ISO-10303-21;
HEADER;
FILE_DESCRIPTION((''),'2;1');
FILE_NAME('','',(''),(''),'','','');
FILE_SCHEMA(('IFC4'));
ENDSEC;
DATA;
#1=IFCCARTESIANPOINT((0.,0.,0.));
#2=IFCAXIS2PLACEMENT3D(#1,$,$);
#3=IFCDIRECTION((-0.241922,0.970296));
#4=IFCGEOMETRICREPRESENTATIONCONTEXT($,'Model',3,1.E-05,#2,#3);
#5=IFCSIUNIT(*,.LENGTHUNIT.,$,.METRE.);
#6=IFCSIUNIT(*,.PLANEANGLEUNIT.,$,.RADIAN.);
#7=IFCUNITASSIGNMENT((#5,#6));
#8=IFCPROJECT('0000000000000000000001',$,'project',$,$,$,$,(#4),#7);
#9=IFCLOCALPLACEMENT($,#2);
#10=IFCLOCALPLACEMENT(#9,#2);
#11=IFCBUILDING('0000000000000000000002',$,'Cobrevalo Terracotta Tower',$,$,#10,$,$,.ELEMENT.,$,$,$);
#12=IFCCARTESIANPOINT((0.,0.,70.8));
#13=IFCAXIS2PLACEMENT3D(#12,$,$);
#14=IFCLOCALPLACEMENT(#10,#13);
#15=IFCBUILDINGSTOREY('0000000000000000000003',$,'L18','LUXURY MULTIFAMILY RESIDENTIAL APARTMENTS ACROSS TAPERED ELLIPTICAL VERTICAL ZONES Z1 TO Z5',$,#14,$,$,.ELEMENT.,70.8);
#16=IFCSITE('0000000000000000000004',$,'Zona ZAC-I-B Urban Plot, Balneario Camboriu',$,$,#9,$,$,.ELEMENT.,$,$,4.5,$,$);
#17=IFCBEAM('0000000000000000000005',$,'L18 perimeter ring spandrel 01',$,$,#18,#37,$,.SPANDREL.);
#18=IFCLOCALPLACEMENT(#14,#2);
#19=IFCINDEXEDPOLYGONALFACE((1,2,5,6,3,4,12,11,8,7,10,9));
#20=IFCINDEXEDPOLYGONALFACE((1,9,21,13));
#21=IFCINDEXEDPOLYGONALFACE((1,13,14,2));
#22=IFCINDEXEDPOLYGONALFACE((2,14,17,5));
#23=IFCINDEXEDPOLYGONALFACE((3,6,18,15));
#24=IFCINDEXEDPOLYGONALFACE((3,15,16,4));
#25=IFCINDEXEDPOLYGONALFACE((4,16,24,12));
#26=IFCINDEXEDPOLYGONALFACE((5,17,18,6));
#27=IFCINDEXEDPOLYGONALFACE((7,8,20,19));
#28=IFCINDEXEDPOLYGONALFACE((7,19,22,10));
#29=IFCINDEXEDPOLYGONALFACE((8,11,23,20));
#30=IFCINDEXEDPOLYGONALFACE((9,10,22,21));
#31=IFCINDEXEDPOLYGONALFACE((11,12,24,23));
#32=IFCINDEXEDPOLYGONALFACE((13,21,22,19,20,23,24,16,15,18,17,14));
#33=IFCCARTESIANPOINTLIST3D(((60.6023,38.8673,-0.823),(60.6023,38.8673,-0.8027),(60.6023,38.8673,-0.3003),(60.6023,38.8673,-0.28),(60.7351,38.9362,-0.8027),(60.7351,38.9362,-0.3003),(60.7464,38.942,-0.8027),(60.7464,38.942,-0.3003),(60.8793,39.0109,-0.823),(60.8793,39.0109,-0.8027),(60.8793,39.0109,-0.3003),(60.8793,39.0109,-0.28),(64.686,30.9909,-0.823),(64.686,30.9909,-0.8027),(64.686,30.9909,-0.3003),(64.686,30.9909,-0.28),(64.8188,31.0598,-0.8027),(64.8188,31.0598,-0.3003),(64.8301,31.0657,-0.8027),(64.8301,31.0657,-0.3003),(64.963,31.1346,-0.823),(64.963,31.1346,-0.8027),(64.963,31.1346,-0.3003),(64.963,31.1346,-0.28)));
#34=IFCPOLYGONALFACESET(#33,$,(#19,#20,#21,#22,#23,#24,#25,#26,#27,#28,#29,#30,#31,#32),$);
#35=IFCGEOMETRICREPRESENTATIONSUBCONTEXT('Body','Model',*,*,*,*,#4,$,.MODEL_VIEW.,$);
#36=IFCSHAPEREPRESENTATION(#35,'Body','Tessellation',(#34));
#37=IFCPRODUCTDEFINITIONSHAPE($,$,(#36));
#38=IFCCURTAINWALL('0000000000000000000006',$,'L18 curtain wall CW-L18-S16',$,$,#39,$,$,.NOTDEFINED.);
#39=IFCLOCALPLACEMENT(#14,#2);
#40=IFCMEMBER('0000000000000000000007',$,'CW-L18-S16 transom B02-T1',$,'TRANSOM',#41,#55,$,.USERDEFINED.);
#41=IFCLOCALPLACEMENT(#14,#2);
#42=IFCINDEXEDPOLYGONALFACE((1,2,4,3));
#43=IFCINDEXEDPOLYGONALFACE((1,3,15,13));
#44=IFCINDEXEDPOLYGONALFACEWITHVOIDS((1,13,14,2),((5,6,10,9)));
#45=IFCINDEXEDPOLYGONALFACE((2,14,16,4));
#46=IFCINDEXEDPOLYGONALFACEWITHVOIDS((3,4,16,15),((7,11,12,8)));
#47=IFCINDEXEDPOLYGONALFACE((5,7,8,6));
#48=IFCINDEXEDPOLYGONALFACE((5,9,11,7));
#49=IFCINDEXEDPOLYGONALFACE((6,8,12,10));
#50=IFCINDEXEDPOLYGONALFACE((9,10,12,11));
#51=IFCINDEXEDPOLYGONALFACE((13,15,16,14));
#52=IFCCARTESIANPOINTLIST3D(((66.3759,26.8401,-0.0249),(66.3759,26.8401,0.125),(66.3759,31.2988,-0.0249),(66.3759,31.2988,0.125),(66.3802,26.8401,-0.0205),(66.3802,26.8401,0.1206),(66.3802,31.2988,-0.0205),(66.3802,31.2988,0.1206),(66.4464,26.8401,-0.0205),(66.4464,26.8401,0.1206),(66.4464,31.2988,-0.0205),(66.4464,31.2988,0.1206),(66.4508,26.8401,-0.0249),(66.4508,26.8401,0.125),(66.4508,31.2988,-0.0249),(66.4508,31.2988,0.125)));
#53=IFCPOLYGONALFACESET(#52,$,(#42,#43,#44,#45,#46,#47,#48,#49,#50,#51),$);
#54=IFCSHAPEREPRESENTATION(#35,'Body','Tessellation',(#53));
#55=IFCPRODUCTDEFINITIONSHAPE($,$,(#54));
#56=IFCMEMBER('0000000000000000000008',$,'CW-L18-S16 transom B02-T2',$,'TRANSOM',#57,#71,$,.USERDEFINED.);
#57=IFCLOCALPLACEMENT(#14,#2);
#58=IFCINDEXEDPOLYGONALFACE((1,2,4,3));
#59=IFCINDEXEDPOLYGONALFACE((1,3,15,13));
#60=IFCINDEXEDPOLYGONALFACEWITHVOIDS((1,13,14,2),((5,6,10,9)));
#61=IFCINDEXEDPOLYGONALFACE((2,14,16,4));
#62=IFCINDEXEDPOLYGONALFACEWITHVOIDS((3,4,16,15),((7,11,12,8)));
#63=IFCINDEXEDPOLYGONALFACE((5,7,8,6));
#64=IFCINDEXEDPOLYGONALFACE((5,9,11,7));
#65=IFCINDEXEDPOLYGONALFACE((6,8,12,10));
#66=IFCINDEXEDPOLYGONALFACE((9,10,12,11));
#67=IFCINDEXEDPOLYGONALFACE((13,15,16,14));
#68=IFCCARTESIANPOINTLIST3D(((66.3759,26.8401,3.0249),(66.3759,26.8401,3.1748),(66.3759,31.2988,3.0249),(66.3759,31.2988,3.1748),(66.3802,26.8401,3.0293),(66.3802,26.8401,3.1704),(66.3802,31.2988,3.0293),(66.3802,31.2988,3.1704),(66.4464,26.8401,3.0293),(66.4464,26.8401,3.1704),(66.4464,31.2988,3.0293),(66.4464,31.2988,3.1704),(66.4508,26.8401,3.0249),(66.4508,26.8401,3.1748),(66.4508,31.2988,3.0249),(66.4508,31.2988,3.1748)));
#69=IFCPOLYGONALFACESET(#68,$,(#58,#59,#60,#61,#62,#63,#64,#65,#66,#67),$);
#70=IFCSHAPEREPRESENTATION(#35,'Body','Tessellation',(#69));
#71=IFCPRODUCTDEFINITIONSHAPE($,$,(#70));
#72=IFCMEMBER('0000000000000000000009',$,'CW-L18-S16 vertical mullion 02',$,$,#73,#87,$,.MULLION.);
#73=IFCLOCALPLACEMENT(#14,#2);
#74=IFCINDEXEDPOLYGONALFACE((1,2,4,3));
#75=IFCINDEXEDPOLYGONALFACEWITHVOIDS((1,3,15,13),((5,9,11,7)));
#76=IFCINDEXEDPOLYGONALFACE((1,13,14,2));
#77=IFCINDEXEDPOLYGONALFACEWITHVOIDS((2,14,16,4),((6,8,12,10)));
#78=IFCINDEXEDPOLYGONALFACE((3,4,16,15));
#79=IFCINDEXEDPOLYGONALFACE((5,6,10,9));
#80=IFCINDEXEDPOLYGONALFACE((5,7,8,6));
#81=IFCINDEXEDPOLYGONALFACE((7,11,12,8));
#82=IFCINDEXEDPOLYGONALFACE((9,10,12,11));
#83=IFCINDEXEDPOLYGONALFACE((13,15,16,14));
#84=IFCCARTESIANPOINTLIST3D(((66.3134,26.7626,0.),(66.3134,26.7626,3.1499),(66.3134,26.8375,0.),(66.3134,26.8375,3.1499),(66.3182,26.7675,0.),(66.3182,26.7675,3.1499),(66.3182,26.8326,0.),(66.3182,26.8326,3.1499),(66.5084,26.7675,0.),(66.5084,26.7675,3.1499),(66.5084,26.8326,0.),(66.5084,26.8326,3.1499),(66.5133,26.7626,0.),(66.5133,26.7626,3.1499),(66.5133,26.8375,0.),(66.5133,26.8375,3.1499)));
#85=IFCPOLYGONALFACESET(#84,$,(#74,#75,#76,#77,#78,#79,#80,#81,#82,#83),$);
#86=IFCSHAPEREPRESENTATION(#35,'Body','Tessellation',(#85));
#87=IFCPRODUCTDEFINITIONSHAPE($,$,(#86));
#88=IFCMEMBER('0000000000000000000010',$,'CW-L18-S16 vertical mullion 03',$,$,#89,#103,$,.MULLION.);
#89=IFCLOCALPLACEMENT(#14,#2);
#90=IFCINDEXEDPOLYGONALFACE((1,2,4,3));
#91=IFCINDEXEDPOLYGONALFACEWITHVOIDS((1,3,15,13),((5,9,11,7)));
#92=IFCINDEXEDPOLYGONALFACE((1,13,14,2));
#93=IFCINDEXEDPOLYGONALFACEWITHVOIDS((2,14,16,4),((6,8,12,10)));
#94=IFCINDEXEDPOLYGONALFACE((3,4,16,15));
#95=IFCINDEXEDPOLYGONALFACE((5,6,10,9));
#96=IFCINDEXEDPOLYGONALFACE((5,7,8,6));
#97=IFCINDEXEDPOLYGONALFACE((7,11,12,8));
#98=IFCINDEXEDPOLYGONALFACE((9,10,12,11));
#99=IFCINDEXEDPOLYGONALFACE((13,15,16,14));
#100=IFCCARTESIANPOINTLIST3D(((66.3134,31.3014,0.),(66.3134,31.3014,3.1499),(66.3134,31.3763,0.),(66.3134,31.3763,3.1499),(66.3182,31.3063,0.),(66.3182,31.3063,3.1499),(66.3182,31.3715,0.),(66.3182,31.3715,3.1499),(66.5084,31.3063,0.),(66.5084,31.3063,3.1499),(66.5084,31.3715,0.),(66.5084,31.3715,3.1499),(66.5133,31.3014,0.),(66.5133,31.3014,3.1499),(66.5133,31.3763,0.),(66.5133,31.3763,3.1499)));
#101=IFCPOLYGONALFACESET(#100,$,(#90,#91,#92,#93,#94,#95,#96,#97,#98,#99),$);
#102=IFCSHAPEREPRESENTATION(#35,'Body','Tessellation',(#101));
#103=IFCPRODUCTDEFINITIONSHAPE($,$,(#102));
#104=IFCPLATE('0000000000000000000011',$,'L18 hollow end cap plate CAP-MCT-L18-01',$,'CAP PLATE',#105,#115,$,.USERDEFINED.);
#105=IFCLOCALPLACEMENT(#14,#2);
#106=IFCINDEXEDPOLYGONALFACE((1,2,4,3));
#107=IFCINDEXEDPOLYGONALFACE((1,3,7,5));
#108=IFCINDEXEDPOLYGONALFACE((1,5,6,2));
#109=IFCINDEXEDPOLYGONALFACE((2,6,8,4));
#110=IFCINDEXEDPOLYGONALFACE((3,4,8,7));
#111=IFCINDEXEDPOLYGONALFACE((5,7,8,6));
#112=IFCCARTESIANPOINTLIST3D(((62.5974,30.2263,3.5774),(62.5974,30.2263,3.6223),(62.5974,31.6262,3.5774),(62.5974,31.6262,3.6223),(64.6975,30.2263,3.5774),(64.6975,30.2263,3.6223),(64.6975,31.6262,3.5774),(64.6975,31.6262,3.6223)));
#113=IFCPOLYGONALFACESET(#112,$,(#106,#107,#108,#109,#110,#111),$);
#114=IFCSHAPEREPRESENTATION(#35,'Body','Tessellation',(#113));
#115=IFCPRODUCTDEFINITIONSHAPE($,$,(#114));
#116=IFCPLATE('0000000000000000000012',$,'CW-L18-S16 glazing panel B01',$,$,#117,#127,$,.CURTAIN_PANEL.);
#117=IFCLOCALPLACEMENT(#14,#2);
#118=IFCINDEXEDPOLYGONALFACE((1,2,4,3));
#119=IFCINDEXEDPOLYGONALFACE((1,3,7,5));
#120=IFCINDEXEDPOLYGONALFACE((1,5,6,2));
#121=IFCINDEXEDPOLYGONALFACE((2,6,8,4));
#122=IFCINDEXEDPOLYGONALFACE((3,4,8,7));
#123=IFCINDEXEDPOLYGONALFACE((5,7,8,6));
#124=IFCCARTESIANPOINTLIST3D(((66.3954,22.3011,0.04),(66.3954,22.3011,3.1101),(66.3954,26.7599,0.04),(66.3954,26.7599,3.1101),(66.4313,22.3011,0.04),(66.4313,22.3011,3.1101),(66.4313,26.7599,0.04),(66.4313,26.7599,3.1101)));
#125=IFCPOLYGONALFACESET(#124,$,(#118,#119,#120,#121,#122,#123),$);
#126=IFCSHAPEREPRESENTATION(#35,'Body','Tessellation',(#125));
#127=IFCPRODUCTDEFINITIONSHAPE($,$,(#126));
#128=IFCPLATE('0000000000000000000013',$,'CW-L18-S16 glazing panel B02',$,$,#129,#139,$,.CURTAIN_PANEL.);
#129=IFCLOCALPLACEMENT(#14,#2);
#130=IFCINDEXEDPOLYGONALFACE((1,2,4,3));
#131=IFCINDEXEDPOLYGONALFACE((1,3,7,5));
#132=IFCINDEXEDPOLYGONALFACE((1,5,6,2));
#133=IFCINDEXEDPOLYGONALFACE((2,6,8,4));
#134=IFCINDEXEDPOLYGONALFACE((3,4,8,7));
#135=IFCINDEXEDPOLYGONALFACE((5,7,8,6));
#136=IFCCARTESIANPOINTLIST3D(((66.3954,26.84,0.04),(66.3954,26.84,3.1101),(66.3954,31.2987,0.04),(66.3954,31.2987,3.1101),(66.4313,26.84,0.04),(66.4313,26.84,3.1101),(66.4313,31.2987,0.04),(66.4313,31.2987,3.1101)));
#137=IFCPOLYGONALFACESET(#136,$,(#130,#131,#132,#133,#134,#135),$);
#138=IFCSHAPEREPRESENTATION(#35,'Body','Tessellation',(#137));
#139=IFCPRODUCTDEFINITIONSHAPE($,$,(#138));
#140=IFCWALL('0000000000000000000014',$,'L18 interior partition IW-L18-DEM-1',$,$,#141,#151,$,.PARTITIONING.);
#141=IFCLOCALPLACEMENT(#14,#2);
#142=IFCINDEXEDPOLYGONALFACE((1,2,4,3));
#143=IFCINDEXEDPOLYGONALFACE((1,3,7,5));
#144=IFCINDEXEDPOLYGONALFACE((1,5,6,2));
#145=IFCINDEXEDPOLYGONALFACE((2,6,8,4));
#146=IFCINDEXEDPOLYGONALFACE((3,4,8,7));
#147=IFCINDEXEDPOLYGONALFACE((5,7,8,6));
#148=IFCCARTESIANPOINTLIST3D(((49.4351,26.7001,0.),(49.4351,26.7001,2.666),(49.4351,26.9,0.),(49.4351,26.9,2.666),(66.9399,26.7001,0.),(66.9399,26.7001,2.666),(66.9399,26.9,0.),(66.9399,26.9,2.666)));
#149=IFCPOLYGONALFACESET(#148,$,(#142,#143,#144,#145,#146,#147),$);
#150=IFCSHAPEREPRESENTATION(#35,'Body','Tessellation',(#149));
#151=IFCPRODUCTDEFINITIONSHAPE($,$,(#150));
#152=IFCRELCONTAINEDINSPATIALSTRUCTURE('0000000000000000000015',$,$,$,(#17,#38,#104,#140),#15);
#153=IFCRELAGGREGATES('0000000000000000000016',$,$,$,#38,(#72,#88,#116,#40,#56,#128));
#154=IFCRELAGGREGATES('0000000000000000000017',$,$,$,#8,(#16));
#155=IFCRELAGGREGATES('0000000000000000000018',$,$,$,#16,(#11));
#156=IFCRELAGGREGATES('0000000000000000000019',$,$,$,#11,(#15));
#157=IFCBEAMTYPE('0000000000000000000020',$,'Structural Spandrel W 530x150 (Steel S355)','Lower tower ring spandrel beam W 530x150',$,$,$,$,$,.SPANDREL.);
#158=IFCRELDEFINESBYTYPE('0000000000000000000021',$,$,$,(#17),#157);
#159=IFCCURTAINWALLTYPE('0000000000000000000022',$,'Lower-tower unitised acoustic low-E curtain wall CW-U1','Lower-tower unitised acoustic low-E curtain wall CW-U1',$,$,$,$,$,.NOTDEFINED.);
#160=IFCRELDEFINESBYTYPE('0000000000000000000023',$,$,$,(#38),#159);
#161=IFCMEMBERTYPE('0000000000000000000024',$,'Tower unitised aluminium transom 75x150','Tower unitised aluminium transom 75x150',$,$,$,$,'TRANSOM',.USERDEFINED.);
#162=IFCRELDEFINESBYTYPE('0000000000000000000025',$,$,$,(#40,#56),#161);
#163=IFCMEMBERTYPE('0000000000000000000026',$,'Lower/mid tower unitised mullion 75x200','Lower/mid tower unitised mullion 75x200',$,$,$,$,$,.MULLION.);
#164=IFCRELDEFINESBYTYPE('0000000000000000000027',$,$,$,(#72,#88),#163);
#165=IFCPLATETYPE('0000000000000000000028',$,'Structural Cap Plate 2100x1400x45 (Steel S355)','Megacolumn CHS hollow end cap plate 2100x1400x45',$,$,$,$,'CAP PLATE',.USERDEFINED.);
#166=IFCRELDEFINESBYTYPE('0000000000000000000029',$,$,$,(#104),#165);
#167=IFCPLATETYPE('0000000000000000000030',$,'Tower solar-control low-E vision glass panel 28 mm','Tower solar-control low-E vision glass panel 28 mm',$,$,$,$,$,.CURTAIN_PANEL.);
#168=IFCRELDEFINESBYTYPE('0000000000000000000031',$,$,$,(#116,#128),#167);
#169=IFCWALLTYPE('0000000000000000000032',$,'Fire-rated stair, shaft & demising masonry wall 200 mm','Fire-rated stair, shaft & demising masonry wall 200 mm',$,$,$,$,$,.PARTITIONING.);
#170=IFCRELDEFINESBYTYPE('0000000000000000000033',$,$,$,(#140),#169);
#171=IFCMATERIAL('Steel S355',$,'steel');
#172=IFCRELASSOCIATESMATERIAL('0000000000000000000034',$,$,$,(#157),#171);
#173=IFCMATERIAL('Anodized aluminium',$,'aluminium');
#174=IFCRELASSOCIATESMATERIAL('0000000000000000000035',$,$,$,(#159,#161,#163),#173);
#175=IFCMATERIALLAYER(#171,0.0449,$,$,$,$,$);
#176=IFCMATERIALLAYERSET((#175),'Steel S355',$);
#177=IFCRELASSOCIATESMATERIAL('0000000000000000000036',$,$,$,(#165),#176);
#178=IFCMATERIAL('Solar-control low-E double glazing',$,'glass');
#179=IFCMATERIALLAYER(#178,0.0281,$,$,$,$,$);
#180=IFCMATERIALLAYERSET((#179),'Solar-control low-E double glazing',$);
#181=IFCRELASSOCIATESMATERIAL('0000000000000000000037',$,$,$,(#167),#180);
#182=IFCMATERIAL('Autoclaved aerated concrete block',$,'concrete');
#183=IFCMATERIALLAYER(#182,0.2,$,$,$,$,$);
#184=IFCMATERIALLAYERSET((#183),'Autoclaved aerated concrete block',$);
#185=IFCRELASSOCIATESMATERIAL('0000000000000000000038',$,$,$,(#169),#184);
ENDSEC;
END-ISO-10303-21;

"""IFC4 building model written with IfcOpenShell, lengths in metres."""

from ifc_helpers import new_model, si_unit, direction, frame, frame_2d, origin, origin_2d, place, context, subcontext, project, spatial, rectangle, hollow_rectangle, i_section, extrude, source, transform, mapped, material, layer, layer_set, material_profile, profile_set, type_object, element, aggregate, save


model = new_model("IFC4")

# Units and contexts
model_context = context("Model", 3, precision=1e-05, world=origin(), true_north=direction((-0.241922, 0.970296)))
body_context = subcontext(model_context, "Body", "Model", "MODEL_VIEW")
ifc_project = project(units=[si_unit("LENGTHUNIT", "METRE"), si_unit("PLANEANGLEUNIT", "RADIAN")], contexts=[model_context])

# Site, building, storey
site_placement = place(None, origin())
site = spatial("IfcSite", under=ifc_project, at=site_placement, Name="Zona ZAC-I-B Urban Plot, Balneario Camboriu", CompositionType="ELEMENT", RefElevation=4.5)
building_placement = place(site_placement, origin())
building = spatial("IfcBuilding", under=site, at=building_placement, Name="Cobrevalo Terracotta Tower", CompositionType="ELEMENT")
storey_placement = place(building_placement, frame((0.0, 0.0, 70.8)))
storey = spatial("IfcBuildingStorey", under=building, at=storey_placement, Name="L18", Description="LUXURY MULTIFAMILY RESIDENTIAL APARTMENTS ACROSS TAPERED ELLIPTICAL VERTICAL ZONES Z1 TO Z5", CompositionType="ELEMENT", Elevation=70.8)

# Shared definitions
ifc_material_1 = material(Name="Steel S355", Category="steel")

# Beam
ifc_material_profile_1 = material_profile(ifc_material_1, i_section(OverallWidth=0.312, OverallDepth=0.543, WebThickness=0.0127, FlangeThickness=0.0203, at=origin_2d()), Name="W 530x150")
ifc_profile_set_1 = profile_set([ifc_material_profile_1], Name="Steel S355")
beam_type_1 = type_object("IfcBeamType", Name="Structural Spandrel W 530x150 (Steel S355)", Description="Lower tower ring spandrel beam W 530x150", PredefinedType="SPANDREL", material=ifc_profile_set_1)
beam_1_placement = place(storey_placement, frame((64.8245, 31.0627, -0.5515), z_axis=(-0.460286, 0.887771, 0.0), x_axis=(-0.887771, -0.460286, 0.0)))
element("IfcBeam", 1, at=beam_1_placement, inside=storey, type_object=beam_type_1, Name="L18 perimeter ring spandrel 01", PredefinedType="SPANDREL", context=body_context, shape_type="SweptSolid", body=[
    extrude(i_section(OverallWidth=0.312, OverallDepth=0.543, WebThickness=0.0127, FlangeThickness=0.0203, at=origin_2d()), origin(), (0.0, 0.0, 1.0), 8.8721),
])

# Curtain wall, members
ifc_material_2 = material(Name="Anodized aluminium", Category="aluminium")
curtain_wall_type = type_object("IfcCurtainWallType", Name="Lower-tower unitised acoustic low-E curtain wall CW-U1", Description="Lower-tower unitised acoustic low-E curtain wall CW-U1", PredefinedType="NOTDEFINED", material=ifc_material_2)
curtain_wall_placement = place(storey_placement, origin())
curtain_wall = element("IfcCurtainWall", 2, at=curtain_wall_placement, inside=storey, type_object=curtain_wall_type, Name="L18 curtain wall CW-L18-S16", PredefinedType="NOTDEFINED")
ifc_material_profile_2 = material_profile(ifc_material_2, hollow_rectangle(XDim=0.075, YDim=0.1499, WallThickness=0.0044, at=origin_2d()), Name="CWT 75x150")
ifc_profile_set_2 = profile_set([ifc_material_profile_2], Name="Anodized aluminium")
member_type_1 = type_object("IfcMemberType", Name="Tower unitised aluminium transom 75x150", Description="Tower unitised aluminium transom 75x150", ElementType="TRANSOM", PredefinedType="USERDEFINED", material=ifc_profile_set_2)
shared_shape_1 = source(origin(), body_context, "Body", "SweptSolid", [
    extrude(hollow_rectangle(XDim=0.075, YDim=0.1499, WallThickness=0.0044, at=origin_2d()), origin(), (0.0, 0.0, 1.0), 4.4587),
])
member_1_placement = place(storey_placement, frame((66.4133, 26.8401, 0.05), z_axis=(0.0, 1.0, 0.0), x_axis=(-1.0, 0.0, 0.0)))
member_1 = element("IfcMember", 3, at=member_1_placement, type_object=member_type_1, Name="CW-L18-S16 transom B02-T1", ObjectType="TRANSOM", PredefinedType="USERDEFINED", context=body_context, shape_type="MappedRepresentation", body=[
    mapped(shared_shape_1, transform((0.0, 0.0, 0.0), scale=1.0)),
])
member_2_placement = place(storey_placement, frame((66.4133, 26.8401, 3.0999), z_axis=(0.0, 1.0, 0.0), x_axis=(-1.0, 0.0, 0.0)))
member_2 = element("IfcMember", 4, at=member_2_placement, type_object=member_type_1, Name="CW-L18-S16 transom B02-T2", ObjectType="TRANSOM", PredefinedType="USERDEFINED", context=body_context, shape_type="MappedRepresentation", body=[
    mapped(shared_shape_1, transform((0.0, 0.0, 0.0), scale=1.0)),
])
ifc_material_profile_3 = material_profile(ifc_material_2, hollow_rectangle(XDim=0.075, YDim=0.2, WallThickness=0.0049, at=origin_2d()), Name="CWM 75x200")
ifc_profile_set_3 = profile_set([ifc_material_profile_3], Name="Anodized aluminium")
member_type_2 = type_object("IfcMemberType", Name="Lower/mid tower unitised mullion 75x200", Description="Lower/mid tower unitised mullion 75x200", PredefinedType="MULLION", material=ifc_profile_set_3)
shared_shape_2 = source(origin(), body_context, "Body", "SweptSolid", [
    extrude(hollow_rectangle(XDim=0.075, YDim=0.2, WallThickness=0.0049, at=origin_2d()), origin(), (0.0, 0.0, 1.0), 3.1499),
])
member_3_placement = place(storey_placement, frame((66.4133, 26.8, 0.0), z_axis=(0.0, 0.0, 1.0), x_axis=(0.0, 1.0, 0.0)))
member_3 = element("IfcMember", 5, at=member_3_placement, type_object=member_type_2, Name="CW-L18-S16 vertical mullion 02", PredefinedType="MULLION", context=body_context, shape_type="MappedRepresentation", body=[
    mapped(shared_shape_2, transform((0.0, 0.0, 0.0), scale=1.0)),
])
member_4_placement = place(storey_placement, frame((66.4133, 31.3389, 0.0), z_axis=(0.0, 0.0, 1.0), x_axis=(0.0, 1.0, 0.0)))
member_4 = element("IfcMember", 6, at=member_4_placement, type_object=member_type_2, Name="CW-L18-S16 vertical mullion 03", PredefinedType="MULLION", context=body_context, shape_type="MappedRepresentation", body=[
    mapped(shared_shape_2, transform((0.0, 0.0, 0.0), scale=1.0)),
])

# Plates
ifc_layer_1 = layer(ifc_material_1, 0.0449)
ifc_layer_set_1 = layer_set([ifc_layer_1], Name="Steel S355")
plate_type_1 = type_object("IfcPlateType", Name="Structural Cap Plate 2100x1400x45 (Steel S355)", Description="Megacolumn CHS hollow end cap plate 2100x1400x45", ElementType="CAP PLATE", PredefinedType="USERDEFINED", material=ifc_layer_set_1)
shared_shape_3 = source(origin(), body_context, "Body", "SweptSolid", [
    extrude(rectangle(XDim=2.1001, YDim=1.3999, at=origin_2d()), origin(), (0.0, 0.0, 1.0), 0.0449),
])
plate_1_placement = place(storey_placement, frame((63.6475, 30.9263, 3.5774), z_axis=(0.0, 0.0, 1.0), x_axis=(1.0, 0.0, 0.0)))
element("IfcPlate", 7, at=plate_1_placement, inside=storey, type_object=plate_type_1, Name="L18 hollow end cap plate CAP-MCT-L18-01", ObjectType="CAP PLATE", PredefinedType="USERDEFINED", context=body_context, shape_type="MappedRepresentation", body=[
    mapped(shared_shape_3, transform((0.0, 0.0, 0.0), scale=1.0)),
])
ifc_material_3 = material(Name="Solar-control low-E double glazing", Category="glass")
ifc_layer_2 = layer(ifc_material_3, 0.0281)
ifc_layer_set_2 = layer_set([ifc_layer_2], Name="Solar-control low-E double glazing")
plate_type_2 = type_object("IfcPlateType", Name="Tower solar-control low-E vision glass panel 28 mm", Description="Tower solar-control low-E vision glass panel 28 mm", PredefinedType="CURTAIN_PANEL", material=ifc_layer_set_2)
shared_shape_4 = source(origin(), body_context, "Body", "SweptSolid", [
    extrude(rectangle(XDim=4.4587, YDim=0.0359, at=origin_2d()), origin(), (0.0, 0.0, 1.0), 3.0701),
])
plate_2_placement = place(storey_placement, frame((66.4133, 24.5305, 0.04), z_axis=(0.0, 0.0, 1.0), x_axis=(0.0, 1.0, 0.0)))
plate_2 = element("IfcPlate", 8, at=plate_2_placement, type_object=plate_type_2, Name="CW-L18-S16 glazing panel B01", PredefinedType="CURTAIN_PANEL", context=body_context, shape_type="MappedRepresentation", body=[
    mapped(shared_shape_4, transform((0.0, 0.0, 0.0), scale=1.0)),
])
plate_3_placement = place(storey_placement, frame((66.4133, 29.0693, 0.04), z_axis=(0.0, 0.0, 1.0), x_axis=(0.0, 1.0, 0.0)))
plate_3 = element("IfcPlate", 9, at=plate_3_placement, type_object=plate_type_2, Name="CW-L18-S16 glazing panel B02", PredefinedType="CURTAIN_PANEL", context=body_context, shape_type="MappedRepresentation", body=[
    mapped(shared_shape_4, transform((0.0, 0.0, 0.0), scale=1.0)),
])
aggregate(curtain_wall, [member_3, member_4, plate_2, member_1, member_2, plate_3])

# Wall
ifc_material_4 = material(Name="Autoclaved aerated concrete block", Category="concrete")
ifc_layer_3 = layer(ifc_material_4, 0.2)
ifc_layer_set_3 = layer_set([ifc_layer_3], Name="Autoclaved aerated concrete block")
wall_type_1 = type_object("IfcWallType", Name="Fire-rated stair, shaft & demising masonry wall 200 mm", Description="Fire-rated stair, shaft & demising masonry wall 200 mm", PredefinedType="PARTITIONING", material=ifc_layer_set_3)
wall_1_placement = place(storey_placement, frame((49.4351, 26.8, 0.0), z_axis=(0.0, 0.0, 1.0), x_axis=(1.0, 0.0, 0.0)))
element("IfcWall", 10, at=wall_1_placement, inside=storey, type_object=wall_type_1, Name="L18 interior partition IW-L18-DEM-1", PredefinedType="PARTITIONING", context=body_context, shape_type="SweptSolid", body=[
    extrude(rectangle(XDim=17.5049, YDim=0.2, at=frame_2d((8.7524, 0.0))), origin(), (0.0, 0.0, 1.0), 2.666),
])

save(model, "model.ifc")
